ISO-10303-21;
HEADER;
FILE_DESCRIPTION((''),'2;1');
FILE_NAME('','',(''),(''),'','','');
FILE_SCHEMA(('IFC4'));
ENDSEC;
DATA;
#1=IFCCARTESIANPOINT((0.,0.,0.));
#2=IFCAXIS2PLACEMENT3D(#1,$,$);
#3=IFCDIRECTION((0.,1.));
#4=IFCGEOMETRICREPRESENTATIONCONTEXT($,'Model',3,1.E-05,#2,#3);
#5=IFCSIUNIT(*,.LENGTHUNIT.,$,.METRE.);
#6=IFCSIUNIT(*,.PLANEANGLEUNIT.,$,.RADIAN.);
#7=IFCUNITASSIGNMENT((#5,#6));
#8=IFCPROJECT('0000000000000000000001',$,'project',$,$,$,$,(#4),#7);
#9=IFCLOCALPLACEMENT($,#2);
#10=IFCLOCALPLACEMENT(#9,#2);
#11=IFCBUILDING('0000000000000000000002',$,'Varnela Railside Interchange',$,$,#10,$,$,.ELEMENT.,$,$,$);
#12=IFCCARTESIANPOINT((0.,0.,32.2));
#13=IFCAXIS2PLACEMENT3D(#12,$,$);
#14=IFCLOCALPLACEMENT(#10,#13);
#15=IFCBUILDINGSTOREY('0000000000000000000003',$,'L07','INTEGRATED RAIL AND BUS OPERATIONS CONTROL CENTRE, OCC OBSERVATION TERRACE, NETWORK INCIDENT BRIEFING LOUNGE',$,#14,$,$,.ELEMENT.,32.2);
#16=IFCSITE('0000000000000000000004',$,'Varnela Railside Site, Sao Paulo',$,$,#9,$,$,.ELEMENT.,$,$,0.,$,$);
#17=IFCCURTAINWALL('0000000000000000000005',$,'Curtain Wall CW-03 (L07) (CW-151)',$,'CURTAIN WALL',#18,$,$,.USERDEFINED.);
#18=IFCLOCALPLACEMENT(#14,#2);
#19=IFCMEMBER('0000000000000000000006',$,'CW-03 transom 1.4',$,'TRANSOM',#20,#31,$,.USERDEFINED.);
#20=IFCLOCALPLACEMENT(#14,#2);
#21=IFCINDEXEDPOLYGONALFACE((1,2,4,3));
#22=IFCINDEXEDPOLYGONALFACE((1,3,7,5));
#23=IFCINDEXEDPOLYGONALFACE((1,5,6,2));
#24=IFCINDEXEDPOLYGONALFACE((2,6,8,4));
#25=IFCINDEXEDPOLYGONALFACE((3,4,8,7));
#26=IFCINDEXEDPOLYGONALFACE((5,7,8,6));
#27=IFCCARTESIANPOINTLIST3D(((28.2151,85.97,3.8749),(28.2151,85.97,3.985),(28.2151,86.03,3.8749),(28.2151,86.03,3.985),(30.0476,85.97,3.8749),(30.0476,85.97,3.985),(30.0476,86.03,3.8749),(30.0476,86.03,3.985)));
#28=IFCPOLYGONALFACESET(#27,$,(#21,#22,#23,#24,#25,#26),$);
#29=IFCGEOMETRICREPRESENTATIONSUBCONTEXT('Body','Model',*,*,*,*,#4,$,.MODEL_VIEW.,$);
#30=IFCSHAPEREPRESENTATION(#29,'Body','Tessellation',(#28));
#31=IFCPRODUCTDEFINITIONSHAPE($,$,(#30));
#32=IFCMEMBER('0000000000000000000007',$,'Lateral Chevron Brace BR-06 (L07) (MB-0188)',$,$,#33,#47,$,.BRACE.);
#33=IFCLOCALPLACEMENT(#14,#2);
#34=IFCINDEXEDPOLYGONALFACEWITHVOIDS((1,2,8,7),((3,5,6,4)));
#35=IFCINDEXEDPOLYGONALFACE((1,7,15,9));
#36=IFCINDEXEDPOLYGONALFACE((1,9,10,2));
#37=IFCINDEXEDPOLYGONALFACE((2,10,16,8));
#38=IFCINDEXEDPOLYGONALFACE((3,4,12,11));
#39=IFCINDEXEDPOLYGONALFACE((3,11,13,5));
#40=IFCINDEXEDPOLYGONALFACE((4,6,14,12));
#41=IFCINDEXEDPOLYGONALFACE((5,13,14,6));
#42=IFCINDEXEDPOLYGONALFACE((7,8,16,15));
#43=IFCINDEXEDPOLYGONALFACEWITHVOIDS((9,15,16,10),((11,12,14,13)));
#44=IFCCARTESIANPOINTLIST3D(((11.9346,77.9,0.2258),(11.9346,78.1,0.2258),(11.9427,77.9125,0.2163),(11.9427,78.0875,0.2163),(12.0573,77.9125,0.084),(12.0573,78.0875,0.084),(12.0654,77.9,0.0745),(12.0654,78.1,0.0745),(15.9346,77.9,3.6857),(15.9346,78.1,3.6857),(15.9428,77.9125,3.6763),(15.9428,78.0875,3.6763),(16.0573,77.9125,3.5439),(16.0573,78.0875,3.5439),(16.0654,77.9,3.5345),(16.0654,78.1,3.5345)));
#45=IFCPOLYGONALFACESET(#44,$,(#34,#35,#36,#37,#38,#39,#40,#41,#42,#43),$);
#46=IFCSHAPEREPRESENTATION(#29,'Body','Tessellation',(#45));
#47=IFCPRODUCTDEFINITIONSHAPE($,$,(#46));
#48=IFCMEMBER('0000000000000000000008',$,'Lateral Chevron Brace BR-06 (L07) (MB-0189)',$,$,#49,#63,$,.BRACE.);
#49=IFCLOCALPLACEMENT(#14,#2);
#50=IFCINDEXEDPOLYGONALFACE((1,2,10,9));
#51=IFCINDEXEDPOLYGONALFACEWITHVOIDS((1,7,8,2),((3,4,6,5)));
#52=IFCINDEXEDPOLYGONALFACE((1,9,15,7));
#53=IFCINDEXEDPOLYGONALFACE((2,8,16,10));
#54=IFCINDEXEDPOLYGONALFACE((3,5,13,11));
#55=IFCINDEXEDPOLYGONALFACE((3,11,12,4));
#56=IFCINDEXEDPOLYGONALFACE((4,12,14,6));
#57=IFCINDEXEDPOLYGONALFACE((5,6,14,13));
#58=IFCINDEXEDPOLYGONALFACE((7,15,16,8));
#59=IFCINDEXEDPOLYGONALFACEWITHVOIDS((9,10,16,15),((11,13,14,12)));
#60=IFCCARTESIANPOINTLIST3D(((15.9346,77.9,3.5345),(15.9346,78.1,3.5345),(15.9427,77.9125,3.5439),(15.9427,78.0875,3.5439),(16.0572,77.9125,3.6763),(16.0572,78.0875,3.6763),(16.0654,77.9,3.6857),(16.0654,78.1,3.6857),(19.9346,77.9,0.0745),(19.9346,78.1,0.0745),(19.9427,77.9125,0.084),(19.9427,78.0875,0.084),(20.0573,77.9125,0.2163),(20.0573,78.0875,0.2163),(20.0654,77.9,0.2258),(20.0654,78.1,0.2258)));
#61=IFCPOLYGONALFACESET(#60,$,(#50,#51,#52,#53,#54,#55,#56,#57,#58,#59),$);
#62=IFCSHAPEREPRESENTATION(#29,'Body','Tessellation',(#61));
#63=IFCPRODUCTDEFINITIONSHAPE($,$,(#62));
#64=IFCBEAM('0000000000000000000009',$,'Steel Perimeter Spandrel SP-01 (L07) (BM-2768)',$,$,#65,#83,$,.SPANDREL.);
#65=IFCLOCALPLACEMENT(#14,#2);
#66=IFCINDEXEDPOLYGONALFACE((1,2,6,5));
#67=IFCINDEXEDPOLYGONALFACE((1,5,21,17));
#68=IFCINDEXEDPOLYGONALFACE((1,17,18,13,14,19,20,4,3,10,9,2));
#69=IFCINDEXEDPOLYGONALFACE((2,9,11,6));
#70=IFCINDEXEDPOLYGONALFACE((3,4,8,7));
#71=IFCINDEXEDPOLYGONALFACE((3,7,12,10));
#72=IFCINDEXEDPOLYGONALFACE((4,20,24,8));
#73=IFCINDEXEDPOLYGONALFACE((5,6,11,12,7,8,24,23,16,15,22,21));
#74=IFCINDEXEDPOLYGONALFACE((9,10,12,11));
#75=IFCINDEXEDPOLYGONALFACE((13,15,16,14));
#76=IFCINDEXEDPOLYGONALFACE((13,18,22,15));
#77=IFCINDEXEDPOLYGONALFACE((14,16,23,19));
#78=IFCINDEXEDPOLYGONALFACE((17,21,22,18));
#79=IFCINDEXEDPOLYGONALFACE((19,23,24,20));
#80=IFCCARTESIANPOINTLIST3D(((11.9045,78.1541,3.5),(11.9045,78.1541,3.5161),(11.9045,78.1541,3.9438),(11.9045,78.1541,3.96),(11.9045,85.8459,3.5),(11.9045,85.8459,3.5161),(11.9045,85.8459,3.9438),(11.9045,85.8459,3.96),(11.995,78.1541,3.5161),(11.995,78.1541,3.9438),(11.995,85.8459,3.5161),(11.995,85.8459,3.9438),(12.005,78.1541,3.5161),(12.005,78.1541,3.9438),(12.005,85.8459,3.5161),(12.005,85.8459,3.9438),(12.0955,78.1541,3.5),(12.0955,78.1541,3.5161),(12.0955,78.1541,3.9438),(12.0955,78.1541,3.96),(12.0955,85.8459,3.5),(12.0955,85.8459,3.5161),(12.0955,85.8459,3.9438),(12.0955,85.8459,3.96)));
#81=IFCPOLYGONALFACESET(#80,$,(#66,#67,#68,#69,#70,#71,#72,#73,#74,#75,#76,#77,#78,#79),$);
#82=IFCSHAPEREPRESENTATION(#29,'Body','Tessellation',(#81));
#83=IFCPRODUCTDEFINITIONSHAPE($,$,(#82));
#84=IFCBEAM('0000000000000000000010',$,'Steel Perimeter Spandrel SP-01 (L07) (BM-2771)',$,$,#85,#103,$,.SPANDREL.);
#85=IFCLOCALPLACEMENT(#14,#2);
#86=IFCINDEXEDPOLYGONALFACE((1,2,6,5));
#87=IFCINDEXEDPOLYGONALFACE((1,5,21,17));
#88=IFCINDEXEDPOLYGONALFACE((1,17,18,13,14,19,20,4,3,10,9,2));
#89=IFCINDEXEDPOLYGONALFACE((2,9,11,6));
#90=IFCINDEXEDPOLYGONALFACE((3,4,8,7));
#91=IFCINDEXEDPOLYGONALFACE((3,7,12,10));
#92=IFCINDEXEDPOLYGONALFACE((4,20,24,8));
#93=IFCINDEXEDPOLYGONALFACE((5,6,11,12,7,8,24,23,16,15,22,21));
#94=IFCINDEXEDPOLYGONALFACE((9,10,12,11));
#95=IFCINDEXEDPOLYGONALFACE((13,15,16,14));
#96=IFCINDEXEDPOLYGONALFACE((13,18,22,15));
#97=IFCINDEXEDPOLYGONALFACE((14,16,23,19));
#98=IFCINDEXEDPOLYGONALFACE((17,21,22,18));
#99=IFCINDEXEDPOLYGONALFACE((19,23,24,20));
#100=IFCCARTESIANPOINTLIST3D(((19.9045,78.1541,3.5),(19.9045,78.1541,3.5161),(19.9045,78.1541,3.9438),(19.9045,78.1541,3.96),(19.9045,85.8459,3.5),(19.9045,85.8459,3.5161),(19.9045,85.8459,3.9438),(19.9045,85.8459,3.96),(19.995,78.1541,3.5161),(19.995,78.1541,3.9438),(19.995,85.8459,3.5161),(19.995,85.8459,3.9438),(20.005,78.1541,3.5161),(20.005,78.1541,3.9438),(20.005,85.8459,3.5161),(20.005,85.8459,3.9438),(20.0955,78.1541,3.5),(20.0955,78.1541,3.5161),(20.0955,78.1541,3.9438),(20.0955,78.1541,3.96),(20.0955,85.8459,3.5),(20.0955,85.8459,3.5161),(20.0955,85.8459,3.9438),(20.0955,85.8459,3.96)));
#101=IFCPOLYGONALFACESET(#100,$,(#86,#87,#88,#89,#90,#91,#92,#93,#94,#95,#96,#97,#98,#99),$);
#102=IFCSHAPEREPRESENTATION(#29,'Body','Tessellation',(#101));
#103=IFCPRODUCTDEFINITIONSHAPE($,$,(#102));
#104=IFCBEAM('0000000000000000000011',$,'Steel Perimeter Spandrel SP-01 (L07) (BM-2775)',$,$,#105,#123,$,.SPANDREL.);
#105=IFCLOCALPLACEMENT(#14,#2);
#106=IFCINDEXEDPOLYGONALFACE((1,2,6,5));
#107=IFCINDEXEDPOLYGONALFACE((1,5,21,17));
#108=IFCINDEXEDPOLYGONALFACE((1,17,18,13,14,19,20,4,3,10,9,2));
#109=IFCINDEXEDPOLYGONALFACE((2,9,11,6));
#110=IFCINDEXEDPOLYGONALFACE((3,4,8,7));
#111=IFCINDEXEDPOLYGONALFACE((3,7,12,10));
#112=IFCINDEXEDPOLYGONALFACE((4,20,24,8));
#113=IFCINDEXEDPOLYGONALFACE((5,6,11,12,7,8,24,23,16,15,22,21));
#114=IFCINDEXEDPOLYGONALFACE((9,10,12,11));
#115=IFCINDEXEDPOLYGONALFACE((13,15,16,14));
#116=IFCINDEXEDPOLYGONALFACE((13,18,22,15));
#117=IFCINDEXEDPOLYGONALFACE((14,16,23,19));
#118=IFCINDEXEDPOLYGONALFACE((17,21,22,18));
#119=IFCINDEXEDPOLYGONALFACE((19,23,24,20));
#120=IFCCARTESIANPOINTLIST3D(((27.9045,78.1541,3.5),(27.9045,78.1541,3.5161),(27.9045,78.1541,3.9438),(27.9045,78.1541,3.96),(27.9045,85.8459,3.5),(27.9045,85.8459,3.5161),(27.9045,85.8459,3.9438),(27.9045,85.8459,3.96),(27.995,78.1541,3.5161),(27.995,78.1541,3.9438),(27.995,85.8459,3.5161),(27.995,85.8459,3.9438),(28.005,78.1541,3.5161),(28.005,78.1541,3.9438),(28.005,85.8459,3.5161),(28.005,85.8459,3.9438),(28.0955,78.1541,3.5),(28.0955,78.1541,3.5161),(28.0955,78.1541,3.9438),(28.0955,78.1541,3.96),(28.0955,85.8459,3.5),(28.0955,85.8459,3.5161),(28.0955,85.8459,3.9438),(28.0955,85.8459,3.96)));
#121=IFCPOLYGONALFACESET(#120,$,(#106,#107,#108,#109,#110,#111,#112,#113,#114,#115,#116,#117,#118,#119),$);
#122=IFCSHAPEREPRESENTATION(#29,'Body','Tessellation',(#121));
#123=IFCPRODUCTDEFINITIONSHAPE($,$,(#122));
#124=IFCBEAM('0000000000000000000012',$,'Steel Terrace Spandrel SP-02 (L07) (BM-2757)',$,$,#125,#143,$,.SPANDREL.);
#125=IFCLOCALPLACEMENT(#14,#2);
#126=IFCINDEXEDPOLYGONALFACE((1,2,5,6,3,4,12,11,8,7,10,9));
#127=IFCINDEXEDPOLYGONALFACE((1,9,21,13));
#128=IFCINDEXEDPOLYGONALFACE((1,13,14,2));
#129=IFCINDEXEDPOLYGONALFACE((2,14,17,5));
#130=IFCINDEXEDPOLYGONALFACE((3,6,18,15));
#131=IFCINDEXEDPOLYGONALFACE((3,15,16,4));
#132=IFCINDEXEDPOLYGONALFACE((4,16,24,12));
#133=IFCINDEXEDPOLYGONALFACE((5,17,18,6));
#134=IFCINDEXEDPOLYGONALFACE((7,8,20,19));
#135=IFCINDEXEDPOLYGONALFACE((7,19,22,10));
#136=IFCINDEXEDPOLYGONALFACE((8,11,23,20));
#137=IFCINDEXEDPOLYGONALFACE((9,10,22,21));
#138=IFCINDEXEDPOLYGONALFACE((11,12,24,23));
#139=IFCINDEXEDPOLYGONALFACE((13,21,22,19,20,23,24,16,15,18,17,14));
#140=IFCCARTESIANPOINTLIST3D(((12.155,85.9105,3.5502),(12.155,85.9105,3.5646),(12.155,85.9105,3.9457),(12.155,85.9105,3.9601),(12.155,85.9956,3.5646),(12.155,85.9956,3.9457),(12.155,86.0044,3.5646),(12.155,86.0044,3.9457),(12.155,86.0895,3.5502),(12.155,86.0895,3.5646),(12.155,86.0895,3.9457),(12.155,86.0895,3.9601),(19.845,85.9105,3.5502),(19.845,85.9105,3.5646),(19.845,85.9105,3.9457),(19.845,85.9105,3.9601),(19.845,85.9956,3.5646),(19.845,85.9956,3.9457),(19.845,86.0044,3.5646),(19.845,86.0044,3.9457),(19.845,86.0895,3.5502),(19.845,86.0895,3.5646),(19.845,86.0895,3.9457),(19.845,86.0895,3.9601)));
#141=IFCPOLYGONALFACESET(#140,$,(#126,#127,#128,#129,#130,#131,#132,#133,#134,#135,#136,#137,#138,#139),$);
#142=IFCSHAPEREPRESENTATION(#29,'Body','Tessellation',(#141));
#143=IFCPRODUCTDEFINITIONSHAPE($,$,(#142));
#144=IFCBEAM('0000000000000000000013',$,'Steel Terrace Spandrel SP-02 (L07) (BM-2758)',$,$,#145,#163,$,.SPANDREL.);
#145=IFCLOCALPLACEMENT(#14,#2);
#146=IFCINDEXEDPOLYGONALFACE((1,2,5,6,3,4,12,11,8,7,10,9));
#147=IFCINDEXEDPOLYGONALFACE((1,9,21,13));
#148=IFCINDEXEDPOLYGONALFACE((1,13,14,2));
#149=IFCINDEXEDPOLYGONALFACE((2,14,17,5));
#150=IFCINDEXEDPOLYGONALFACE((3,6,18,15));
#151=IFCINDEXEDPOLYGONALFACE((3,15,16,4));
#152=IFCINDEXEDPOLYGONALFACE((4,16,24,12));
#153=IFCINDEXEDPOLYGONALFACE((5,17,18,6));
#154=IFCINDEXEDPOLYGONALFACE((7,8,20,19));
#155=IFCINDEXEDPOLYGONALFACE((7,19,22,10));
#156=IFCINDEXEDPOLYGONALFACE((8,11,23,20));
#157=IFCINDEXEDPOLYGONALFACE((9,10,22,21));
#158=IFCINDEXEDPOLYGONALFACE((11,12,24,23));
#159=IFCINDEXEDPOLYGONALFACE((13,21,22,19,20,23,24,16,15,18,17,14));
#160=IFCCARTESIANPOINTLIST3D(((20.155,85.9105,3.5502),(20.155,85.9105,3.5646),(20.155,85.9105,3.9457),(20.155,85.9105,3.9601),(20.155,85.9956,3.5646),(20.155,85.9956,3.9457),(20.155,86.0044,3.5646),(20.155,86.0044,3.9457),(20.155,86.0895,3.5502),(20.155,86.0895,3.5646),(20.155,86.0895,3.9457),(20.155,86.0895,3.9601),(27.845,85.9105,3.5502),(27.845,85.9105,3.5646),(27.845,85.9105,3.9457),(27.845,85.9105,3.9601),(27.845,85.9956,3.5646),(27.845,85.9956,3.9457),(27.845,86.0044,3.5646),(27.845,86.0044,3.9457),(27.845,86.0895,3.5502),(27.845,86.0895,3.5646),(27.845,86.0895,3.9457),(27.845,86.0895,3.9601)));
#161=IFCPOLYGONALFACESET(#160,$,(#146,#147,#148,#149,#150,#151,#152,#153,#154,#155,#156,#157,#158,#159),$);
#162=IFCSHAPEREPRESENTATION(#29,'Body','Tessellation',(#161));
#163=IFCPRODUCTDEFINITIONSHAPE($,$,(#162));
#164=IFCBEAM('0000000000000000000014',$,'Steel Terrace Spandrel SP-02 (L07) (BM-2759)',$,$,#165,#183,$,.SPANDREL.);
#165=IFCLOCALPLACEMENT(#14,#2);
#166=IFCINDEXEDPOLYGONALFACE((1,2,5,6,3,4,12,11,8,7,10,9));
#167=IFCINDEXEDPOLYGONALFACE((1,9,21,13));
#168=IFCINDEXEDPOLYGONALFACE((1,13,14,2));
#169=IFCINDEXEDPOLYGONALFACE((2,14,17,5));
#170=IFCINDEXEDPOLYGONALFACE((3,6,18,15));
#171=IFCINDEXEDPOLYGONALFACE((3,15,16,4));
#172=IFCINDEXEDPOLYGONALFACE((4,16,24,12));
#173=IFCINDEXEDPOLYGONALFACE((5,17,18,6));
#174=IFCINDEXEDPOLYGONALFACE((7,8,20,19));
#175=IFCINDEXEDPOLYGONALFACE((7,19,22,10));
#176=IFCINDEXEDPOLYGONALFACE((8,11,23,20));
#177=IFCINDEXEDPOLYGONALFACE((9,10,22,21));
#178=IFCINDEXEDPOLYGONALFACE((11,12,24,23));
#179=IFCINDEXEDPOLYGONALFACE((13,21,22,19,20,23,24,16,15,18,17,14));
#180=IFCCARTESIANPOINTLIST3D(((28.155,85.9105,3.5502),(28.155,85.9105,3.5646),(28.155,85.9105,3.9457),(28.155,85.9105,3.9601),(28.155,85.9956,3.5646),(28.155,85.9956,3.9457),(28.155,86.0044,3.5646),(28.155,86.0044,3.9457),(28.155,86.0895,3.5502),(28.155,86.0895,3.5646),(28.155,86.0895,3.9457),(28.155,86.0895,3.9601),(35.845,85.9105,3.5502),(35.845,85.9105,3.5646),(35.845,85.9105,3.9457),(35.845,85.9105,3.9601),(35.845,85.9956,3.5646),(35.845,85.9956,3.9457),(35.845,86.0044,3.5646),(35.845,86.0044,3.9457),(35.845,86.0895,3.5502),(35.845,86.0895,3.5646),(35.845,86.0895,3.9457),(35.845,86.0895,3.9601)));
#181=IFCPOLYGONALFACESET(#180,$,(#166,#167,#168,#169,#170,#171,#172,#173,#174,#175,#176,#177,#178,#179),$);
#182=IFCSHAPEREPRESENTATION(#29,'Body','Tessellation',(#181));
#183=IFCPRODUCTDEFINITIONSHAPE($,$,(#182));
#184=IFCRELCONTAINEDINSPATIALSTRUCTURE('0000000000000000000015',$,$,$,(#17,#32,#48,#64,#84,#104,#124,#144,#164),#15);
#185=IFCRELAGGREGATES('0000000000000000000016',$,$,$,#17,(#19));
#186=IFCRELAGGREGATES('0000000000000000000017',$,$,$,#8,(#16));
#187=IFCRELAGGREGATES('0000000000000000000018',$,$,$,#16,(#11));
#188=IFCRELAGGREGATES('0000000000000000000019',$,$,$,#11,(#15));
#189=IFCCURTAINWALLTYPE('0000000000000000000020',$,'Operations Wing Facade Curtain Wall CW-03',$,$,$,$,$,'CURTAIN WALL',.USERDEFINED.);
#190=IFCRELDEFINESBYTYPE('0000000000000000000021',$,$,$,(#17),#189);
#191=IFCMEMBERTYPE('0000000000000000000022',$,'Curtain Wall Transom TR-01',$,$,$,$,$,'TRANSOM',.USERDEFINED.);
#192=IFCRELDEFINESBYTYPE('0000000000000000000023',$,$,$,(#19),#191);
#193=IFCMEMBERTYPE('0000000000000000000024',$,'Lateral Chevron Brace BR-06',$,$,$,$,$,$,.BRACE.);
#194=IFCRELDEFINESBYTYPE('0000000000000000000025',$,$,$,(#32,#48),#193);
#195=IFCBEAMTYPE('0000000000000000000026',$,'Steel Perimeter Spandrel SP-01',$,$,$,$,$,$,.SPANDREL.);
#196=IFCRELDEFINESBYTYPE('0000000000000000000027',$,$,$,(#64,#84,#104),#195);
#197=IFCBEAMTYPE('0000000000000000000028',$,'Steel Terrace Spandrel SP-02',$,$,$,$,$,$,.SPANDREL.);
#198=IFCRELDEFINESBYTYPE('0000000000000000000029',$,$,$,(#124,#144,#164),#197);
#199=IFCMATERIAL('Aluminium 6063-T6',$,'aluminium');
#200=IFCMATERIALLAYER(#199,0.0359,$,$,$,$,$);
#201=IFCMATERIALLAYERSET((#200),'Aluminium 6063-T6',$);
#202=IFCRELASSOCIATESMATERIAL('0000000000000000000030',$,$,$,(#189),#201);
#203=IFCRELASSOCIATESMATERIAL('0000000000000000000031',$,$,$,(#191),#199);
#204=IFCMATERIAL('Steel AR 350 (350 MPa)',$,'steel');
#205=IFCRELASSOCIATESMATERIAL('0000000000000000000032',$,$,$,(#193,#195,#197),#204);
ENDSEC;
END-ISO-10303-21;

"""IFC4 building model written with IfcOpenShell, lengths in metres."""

from ifc_helpers import new_model, si_unit, direction, frame, origin, origin_2d, place, context, subcontext, project, spatial, rectangle, hollow_rectangle, i_section, extrude, material, layer, layer_set, material_profile, profile_set, type_object, element, aggregate, save


model = new_model("IFC4")

# Units and contexts
model_context = context("Model", 3, precision=1e-05, world=origin(), true_north=direction((0.0, 1.0)))
body_context = subcontext(model_context, "Body", "Model", "MODEL_VIEW")
ifc_project = project(units=[si_unit("LENGTHUNIT", "METRE"), si_unit("PLANEANGLEUNIT", "RADIAN")], contexts=[model_context])

# Site, building, storey
site_placement = place(None, origin())
site = spatial("IfcSite", under=ifc_project, at=site_placement, Name="Varnela Railside Site, Sao Paulo", CompositionType="ELEMENT", RefElevation=0.0)
building_placement = place(site_placement, origin())
building = spatial("IfcBuilding", under=site, at=building_placement, Name="Varnela Railside Interchange", CompositionType="ELEMENT")
storey_placement = place(building_placement, frame((0.0, 0.0, 32.2)))
storey = spatial("IfcBuildingStorey", under=building, at=storey_placement, Name="L07", Description="INTEGRATED RAIL AND BUS OPERATIONS CONTROL CENTRE, OCC OBSERVATION TERRACE, NETWORK INCIDENT BRIEFING LOUNGE", CompositionType="ELEMENT", Elevation=32.2)

# Shared definitions
ifc_material_1 = material(Name="Steel AR 350 (350 MPa)", Category="steel")

# Shared definitions
ifc_material_2 = material(Name="Aluminium 6063-T6", Category="aluminium")
ifc_layer_1 = layer(ifc_material_2, 0.0359)
ifc_layer_set_1 = layer_set([ifc_layer_1], Name="Aluminium 6063-T6")
curtain_wall_type = type_object("IfcCurtainWallType", Name="Operations Wing Facade Curtain Wall CW-03", ElementType="CURTAIN WALL", PredefinedType="USERDEFINED", material=ifc_layer_set_1)

# Curtain wall
curtain_wall_1_placement = place(storey_placement, origin())
curtain_wall_1 = element("IfcCurtainWall", 1, at=curtain_wall_1_placement, inside=storey, type_object=curtain_wall_type, Name="Curtain Wall CW-03 (L07) (CW-151)", ObjectType="CURTAIN WALL", PredefinedType="USERDEFINED")

# Member
ifc_material_profile_1 = material_profile(ifc_material_2, rectangle(XDim=0.0601, YDim=0.1101, at=origin_2d()), Name="ALU 60x110")
ifc_profile_set_1 = profile_set([ifc_material_profile_1], Name="Aluminium 6063-T6")
member_type_1 = type_object("IfcMemberType", Name="Curtain Wall Transom TR-01", ElementType="TRANSOM", PredefinedType="USERDEFINED", material=ifc_profile_set_1)
member_1_placement = place(storey_placement, frame((28.2151, 86.0, 3.9299), z_axis=(1.0, 0.0, 0.0), x_axis=(0.0, 1.0, 0.0)))
member_1 = element("IfcMember", 2, at=member_1_placement, type_object=member_type_1, Name="CW-03 transom 1.4", ObjectType="TRANSOM", PredefinedType="USERDEFINED", context=body_context, shape_type="SweptSolid", body=[
    extrude(rectangle(XDim=0.0601, YDim=0.1101, at=origin_2d()), origin(), (0.0, 0.0, 1.0), 1.8325),
])

# Members
ifc_material_profile_2 = material_profile(ifc_material_1, hollow_rectangle(XDim=0.2, YDim=0.2, WallThickness=0.0125, at=origin_2d()), Name="HSS 200x200x12.5")
ifc_profile_set_2 = profile_set([ifc_material_profile_2], Name="Steel AR 350 (350 MPa)")
member_type_2 = type_object("IfcMemberType", Name="Lateral Chevron Brace BR-06", PredefinedType="BRACE", material=ifc_profile_set_2)
for number, where, z_axis, x_axis, name in (
    (3, (12.0, 78.0, 0.1501), (0.756316, 0.0, 0.654206), (0.0, 1.0, 0.0), "Lateral Chevron Brace BR-06 (L07) (MB-0188)"),
    (4, (20.0, 78.0, 0.1501), (-0.756316, 0.0, 0.654206), (0.0, -1.0, 0.0), "Lateral Chevron Brace BR-06 (L07) (MB-0189)"),
):
    element("IfcMember", number, at=place(storey_placement, frame(where, z_axis=z_axis, x_axis=x_axis)), inside=storey, type_object=member_type_2, Name=name, PredefinedType="BRACE", context=body_context, shape_type="SweptSolid", body=[
        extrude(hollow_rectangle(XDim=0.2, YDim=0.2, WallThickness=0.0125, at=origin_2d()), origin(), (0.0, 0.0, 1.0), 5.2888),
    ])

# Beams
ifc_material_profile_3 = material_profile(ifc_material_1, i_section(OverallWidth=0.1909, OverallDepth=0.46, WebThickness=0.01, FlangeThickness=0.0161, at=origin_2d()), Name="W460x82")
ifc_profile_set_3 = profile_set([ifc_material_profile_3], Name="Steel AR 350 (350 MPa)")
beam_type_1 = type_object("IfcBeamType", Name="Steel Perimeter Spandrel SP-01", PredefinedType="SPANDREL", material=ifc_profile_set_3)
for number, where, z_axis, x_axis, name in (
    (5, (12.0, 78.1541, 3.73), (0.0, 1.0, 0.0), (-1.0, 0.0, 0.0), "Steel Perimeter Spandrel SP-01 (L07) (BM-2768)"),
    (6, (20.0, 78.1541, 3.73), (0.0, 1.0, 0.0), (-1.0, 0.0, 0.0), "Steel Perimeter Spandrel SP-01 (L07) (BM-2771)"),
    (7, (28.0, 78.1541, 3.73), (0.0, 1.0, 0.0), (-1.0, 0.0, 0.0), "Steel Perimeter Spandrel SP-01 (L07) (BM-2775)"),
):
    element("IfcBeam", number, at=place(storey_placement, frame(where, z_axis=z_axis, x_axis=x_axis)), inside=storey, type_object=beam_type_1, Name=name, PredefinedType="SPANDREL", context=body_context, shape_type="SweptSolid", body=[
        extrude(i_section(OverallWidth=0.1909, OverallDepth=0.46, WebThickness=0.01, FlangeThickness=0.0161, at=origin_2d()), origin(), (0.0, 0.0, 1.0), 7.6919),
    ])
ifc_material_profile_4 = material_profile(ifc_material_1, i_section(OverallWidth=0.179, OverallDepth=0.4099, WebThickness=0.0088, FlangeThickness=0.0144, at=origin_2d()), Name="W410x67")
ifc_profile_set_4 = profile_set([ifc_material_profile_4], Name="Steel AR 350 (350 MPa)")
beam_type_2 = type_object("IfcBeamType", Name="Steel Terrace Spandrel SP-02", PredefinedType="SPANDREL", material=ifc_profile_set_4)
for number, where, z_axis, x_axis, name in (
    (8, (12.155, 86.0, 3.7551), (1.0, 0.0, 0.0), (0.0, 1.0, 0.0), "Steel Terrace Spandrel SP-02 (L07) (BM-2757)"),
    (9, (20.155, 86.0, 3.7551), (1.0, 0.0, 0.0), (0.0, 1.0, 0.0), "Steel Terrace Spandrel SP-02 (L07) (BM-2758)"),
    (10, (28.155, 86.0, 3.7551), (1.0, 0.0, 0.0), (0.0, 1.0, 0.0), "Steel Terrace Spandrel SP-02 (L07) (BM-2759)"),
):
    element("IfcBeam", number, at=place(storey_placement, frame(where, z_axis=z_axis, x_axis=x_axis)), inside=storey, type_object=beam_type_2, Name=name, PredefinedType="SPANDREL", context=body_context, shape_type="SweptSolid", body=[
        extrude(i_section(OverallWidth=0.179, OverallDepth=0.4099, WebThickness=0.0088, FlangeThickness=0.0144, at=origin_2d()), origin(), (0.0, 0.0, 1.0), 7.6899),
    ])

aggregate(curtain_wall_1, [member_1])

save(model, "model.ifc")
